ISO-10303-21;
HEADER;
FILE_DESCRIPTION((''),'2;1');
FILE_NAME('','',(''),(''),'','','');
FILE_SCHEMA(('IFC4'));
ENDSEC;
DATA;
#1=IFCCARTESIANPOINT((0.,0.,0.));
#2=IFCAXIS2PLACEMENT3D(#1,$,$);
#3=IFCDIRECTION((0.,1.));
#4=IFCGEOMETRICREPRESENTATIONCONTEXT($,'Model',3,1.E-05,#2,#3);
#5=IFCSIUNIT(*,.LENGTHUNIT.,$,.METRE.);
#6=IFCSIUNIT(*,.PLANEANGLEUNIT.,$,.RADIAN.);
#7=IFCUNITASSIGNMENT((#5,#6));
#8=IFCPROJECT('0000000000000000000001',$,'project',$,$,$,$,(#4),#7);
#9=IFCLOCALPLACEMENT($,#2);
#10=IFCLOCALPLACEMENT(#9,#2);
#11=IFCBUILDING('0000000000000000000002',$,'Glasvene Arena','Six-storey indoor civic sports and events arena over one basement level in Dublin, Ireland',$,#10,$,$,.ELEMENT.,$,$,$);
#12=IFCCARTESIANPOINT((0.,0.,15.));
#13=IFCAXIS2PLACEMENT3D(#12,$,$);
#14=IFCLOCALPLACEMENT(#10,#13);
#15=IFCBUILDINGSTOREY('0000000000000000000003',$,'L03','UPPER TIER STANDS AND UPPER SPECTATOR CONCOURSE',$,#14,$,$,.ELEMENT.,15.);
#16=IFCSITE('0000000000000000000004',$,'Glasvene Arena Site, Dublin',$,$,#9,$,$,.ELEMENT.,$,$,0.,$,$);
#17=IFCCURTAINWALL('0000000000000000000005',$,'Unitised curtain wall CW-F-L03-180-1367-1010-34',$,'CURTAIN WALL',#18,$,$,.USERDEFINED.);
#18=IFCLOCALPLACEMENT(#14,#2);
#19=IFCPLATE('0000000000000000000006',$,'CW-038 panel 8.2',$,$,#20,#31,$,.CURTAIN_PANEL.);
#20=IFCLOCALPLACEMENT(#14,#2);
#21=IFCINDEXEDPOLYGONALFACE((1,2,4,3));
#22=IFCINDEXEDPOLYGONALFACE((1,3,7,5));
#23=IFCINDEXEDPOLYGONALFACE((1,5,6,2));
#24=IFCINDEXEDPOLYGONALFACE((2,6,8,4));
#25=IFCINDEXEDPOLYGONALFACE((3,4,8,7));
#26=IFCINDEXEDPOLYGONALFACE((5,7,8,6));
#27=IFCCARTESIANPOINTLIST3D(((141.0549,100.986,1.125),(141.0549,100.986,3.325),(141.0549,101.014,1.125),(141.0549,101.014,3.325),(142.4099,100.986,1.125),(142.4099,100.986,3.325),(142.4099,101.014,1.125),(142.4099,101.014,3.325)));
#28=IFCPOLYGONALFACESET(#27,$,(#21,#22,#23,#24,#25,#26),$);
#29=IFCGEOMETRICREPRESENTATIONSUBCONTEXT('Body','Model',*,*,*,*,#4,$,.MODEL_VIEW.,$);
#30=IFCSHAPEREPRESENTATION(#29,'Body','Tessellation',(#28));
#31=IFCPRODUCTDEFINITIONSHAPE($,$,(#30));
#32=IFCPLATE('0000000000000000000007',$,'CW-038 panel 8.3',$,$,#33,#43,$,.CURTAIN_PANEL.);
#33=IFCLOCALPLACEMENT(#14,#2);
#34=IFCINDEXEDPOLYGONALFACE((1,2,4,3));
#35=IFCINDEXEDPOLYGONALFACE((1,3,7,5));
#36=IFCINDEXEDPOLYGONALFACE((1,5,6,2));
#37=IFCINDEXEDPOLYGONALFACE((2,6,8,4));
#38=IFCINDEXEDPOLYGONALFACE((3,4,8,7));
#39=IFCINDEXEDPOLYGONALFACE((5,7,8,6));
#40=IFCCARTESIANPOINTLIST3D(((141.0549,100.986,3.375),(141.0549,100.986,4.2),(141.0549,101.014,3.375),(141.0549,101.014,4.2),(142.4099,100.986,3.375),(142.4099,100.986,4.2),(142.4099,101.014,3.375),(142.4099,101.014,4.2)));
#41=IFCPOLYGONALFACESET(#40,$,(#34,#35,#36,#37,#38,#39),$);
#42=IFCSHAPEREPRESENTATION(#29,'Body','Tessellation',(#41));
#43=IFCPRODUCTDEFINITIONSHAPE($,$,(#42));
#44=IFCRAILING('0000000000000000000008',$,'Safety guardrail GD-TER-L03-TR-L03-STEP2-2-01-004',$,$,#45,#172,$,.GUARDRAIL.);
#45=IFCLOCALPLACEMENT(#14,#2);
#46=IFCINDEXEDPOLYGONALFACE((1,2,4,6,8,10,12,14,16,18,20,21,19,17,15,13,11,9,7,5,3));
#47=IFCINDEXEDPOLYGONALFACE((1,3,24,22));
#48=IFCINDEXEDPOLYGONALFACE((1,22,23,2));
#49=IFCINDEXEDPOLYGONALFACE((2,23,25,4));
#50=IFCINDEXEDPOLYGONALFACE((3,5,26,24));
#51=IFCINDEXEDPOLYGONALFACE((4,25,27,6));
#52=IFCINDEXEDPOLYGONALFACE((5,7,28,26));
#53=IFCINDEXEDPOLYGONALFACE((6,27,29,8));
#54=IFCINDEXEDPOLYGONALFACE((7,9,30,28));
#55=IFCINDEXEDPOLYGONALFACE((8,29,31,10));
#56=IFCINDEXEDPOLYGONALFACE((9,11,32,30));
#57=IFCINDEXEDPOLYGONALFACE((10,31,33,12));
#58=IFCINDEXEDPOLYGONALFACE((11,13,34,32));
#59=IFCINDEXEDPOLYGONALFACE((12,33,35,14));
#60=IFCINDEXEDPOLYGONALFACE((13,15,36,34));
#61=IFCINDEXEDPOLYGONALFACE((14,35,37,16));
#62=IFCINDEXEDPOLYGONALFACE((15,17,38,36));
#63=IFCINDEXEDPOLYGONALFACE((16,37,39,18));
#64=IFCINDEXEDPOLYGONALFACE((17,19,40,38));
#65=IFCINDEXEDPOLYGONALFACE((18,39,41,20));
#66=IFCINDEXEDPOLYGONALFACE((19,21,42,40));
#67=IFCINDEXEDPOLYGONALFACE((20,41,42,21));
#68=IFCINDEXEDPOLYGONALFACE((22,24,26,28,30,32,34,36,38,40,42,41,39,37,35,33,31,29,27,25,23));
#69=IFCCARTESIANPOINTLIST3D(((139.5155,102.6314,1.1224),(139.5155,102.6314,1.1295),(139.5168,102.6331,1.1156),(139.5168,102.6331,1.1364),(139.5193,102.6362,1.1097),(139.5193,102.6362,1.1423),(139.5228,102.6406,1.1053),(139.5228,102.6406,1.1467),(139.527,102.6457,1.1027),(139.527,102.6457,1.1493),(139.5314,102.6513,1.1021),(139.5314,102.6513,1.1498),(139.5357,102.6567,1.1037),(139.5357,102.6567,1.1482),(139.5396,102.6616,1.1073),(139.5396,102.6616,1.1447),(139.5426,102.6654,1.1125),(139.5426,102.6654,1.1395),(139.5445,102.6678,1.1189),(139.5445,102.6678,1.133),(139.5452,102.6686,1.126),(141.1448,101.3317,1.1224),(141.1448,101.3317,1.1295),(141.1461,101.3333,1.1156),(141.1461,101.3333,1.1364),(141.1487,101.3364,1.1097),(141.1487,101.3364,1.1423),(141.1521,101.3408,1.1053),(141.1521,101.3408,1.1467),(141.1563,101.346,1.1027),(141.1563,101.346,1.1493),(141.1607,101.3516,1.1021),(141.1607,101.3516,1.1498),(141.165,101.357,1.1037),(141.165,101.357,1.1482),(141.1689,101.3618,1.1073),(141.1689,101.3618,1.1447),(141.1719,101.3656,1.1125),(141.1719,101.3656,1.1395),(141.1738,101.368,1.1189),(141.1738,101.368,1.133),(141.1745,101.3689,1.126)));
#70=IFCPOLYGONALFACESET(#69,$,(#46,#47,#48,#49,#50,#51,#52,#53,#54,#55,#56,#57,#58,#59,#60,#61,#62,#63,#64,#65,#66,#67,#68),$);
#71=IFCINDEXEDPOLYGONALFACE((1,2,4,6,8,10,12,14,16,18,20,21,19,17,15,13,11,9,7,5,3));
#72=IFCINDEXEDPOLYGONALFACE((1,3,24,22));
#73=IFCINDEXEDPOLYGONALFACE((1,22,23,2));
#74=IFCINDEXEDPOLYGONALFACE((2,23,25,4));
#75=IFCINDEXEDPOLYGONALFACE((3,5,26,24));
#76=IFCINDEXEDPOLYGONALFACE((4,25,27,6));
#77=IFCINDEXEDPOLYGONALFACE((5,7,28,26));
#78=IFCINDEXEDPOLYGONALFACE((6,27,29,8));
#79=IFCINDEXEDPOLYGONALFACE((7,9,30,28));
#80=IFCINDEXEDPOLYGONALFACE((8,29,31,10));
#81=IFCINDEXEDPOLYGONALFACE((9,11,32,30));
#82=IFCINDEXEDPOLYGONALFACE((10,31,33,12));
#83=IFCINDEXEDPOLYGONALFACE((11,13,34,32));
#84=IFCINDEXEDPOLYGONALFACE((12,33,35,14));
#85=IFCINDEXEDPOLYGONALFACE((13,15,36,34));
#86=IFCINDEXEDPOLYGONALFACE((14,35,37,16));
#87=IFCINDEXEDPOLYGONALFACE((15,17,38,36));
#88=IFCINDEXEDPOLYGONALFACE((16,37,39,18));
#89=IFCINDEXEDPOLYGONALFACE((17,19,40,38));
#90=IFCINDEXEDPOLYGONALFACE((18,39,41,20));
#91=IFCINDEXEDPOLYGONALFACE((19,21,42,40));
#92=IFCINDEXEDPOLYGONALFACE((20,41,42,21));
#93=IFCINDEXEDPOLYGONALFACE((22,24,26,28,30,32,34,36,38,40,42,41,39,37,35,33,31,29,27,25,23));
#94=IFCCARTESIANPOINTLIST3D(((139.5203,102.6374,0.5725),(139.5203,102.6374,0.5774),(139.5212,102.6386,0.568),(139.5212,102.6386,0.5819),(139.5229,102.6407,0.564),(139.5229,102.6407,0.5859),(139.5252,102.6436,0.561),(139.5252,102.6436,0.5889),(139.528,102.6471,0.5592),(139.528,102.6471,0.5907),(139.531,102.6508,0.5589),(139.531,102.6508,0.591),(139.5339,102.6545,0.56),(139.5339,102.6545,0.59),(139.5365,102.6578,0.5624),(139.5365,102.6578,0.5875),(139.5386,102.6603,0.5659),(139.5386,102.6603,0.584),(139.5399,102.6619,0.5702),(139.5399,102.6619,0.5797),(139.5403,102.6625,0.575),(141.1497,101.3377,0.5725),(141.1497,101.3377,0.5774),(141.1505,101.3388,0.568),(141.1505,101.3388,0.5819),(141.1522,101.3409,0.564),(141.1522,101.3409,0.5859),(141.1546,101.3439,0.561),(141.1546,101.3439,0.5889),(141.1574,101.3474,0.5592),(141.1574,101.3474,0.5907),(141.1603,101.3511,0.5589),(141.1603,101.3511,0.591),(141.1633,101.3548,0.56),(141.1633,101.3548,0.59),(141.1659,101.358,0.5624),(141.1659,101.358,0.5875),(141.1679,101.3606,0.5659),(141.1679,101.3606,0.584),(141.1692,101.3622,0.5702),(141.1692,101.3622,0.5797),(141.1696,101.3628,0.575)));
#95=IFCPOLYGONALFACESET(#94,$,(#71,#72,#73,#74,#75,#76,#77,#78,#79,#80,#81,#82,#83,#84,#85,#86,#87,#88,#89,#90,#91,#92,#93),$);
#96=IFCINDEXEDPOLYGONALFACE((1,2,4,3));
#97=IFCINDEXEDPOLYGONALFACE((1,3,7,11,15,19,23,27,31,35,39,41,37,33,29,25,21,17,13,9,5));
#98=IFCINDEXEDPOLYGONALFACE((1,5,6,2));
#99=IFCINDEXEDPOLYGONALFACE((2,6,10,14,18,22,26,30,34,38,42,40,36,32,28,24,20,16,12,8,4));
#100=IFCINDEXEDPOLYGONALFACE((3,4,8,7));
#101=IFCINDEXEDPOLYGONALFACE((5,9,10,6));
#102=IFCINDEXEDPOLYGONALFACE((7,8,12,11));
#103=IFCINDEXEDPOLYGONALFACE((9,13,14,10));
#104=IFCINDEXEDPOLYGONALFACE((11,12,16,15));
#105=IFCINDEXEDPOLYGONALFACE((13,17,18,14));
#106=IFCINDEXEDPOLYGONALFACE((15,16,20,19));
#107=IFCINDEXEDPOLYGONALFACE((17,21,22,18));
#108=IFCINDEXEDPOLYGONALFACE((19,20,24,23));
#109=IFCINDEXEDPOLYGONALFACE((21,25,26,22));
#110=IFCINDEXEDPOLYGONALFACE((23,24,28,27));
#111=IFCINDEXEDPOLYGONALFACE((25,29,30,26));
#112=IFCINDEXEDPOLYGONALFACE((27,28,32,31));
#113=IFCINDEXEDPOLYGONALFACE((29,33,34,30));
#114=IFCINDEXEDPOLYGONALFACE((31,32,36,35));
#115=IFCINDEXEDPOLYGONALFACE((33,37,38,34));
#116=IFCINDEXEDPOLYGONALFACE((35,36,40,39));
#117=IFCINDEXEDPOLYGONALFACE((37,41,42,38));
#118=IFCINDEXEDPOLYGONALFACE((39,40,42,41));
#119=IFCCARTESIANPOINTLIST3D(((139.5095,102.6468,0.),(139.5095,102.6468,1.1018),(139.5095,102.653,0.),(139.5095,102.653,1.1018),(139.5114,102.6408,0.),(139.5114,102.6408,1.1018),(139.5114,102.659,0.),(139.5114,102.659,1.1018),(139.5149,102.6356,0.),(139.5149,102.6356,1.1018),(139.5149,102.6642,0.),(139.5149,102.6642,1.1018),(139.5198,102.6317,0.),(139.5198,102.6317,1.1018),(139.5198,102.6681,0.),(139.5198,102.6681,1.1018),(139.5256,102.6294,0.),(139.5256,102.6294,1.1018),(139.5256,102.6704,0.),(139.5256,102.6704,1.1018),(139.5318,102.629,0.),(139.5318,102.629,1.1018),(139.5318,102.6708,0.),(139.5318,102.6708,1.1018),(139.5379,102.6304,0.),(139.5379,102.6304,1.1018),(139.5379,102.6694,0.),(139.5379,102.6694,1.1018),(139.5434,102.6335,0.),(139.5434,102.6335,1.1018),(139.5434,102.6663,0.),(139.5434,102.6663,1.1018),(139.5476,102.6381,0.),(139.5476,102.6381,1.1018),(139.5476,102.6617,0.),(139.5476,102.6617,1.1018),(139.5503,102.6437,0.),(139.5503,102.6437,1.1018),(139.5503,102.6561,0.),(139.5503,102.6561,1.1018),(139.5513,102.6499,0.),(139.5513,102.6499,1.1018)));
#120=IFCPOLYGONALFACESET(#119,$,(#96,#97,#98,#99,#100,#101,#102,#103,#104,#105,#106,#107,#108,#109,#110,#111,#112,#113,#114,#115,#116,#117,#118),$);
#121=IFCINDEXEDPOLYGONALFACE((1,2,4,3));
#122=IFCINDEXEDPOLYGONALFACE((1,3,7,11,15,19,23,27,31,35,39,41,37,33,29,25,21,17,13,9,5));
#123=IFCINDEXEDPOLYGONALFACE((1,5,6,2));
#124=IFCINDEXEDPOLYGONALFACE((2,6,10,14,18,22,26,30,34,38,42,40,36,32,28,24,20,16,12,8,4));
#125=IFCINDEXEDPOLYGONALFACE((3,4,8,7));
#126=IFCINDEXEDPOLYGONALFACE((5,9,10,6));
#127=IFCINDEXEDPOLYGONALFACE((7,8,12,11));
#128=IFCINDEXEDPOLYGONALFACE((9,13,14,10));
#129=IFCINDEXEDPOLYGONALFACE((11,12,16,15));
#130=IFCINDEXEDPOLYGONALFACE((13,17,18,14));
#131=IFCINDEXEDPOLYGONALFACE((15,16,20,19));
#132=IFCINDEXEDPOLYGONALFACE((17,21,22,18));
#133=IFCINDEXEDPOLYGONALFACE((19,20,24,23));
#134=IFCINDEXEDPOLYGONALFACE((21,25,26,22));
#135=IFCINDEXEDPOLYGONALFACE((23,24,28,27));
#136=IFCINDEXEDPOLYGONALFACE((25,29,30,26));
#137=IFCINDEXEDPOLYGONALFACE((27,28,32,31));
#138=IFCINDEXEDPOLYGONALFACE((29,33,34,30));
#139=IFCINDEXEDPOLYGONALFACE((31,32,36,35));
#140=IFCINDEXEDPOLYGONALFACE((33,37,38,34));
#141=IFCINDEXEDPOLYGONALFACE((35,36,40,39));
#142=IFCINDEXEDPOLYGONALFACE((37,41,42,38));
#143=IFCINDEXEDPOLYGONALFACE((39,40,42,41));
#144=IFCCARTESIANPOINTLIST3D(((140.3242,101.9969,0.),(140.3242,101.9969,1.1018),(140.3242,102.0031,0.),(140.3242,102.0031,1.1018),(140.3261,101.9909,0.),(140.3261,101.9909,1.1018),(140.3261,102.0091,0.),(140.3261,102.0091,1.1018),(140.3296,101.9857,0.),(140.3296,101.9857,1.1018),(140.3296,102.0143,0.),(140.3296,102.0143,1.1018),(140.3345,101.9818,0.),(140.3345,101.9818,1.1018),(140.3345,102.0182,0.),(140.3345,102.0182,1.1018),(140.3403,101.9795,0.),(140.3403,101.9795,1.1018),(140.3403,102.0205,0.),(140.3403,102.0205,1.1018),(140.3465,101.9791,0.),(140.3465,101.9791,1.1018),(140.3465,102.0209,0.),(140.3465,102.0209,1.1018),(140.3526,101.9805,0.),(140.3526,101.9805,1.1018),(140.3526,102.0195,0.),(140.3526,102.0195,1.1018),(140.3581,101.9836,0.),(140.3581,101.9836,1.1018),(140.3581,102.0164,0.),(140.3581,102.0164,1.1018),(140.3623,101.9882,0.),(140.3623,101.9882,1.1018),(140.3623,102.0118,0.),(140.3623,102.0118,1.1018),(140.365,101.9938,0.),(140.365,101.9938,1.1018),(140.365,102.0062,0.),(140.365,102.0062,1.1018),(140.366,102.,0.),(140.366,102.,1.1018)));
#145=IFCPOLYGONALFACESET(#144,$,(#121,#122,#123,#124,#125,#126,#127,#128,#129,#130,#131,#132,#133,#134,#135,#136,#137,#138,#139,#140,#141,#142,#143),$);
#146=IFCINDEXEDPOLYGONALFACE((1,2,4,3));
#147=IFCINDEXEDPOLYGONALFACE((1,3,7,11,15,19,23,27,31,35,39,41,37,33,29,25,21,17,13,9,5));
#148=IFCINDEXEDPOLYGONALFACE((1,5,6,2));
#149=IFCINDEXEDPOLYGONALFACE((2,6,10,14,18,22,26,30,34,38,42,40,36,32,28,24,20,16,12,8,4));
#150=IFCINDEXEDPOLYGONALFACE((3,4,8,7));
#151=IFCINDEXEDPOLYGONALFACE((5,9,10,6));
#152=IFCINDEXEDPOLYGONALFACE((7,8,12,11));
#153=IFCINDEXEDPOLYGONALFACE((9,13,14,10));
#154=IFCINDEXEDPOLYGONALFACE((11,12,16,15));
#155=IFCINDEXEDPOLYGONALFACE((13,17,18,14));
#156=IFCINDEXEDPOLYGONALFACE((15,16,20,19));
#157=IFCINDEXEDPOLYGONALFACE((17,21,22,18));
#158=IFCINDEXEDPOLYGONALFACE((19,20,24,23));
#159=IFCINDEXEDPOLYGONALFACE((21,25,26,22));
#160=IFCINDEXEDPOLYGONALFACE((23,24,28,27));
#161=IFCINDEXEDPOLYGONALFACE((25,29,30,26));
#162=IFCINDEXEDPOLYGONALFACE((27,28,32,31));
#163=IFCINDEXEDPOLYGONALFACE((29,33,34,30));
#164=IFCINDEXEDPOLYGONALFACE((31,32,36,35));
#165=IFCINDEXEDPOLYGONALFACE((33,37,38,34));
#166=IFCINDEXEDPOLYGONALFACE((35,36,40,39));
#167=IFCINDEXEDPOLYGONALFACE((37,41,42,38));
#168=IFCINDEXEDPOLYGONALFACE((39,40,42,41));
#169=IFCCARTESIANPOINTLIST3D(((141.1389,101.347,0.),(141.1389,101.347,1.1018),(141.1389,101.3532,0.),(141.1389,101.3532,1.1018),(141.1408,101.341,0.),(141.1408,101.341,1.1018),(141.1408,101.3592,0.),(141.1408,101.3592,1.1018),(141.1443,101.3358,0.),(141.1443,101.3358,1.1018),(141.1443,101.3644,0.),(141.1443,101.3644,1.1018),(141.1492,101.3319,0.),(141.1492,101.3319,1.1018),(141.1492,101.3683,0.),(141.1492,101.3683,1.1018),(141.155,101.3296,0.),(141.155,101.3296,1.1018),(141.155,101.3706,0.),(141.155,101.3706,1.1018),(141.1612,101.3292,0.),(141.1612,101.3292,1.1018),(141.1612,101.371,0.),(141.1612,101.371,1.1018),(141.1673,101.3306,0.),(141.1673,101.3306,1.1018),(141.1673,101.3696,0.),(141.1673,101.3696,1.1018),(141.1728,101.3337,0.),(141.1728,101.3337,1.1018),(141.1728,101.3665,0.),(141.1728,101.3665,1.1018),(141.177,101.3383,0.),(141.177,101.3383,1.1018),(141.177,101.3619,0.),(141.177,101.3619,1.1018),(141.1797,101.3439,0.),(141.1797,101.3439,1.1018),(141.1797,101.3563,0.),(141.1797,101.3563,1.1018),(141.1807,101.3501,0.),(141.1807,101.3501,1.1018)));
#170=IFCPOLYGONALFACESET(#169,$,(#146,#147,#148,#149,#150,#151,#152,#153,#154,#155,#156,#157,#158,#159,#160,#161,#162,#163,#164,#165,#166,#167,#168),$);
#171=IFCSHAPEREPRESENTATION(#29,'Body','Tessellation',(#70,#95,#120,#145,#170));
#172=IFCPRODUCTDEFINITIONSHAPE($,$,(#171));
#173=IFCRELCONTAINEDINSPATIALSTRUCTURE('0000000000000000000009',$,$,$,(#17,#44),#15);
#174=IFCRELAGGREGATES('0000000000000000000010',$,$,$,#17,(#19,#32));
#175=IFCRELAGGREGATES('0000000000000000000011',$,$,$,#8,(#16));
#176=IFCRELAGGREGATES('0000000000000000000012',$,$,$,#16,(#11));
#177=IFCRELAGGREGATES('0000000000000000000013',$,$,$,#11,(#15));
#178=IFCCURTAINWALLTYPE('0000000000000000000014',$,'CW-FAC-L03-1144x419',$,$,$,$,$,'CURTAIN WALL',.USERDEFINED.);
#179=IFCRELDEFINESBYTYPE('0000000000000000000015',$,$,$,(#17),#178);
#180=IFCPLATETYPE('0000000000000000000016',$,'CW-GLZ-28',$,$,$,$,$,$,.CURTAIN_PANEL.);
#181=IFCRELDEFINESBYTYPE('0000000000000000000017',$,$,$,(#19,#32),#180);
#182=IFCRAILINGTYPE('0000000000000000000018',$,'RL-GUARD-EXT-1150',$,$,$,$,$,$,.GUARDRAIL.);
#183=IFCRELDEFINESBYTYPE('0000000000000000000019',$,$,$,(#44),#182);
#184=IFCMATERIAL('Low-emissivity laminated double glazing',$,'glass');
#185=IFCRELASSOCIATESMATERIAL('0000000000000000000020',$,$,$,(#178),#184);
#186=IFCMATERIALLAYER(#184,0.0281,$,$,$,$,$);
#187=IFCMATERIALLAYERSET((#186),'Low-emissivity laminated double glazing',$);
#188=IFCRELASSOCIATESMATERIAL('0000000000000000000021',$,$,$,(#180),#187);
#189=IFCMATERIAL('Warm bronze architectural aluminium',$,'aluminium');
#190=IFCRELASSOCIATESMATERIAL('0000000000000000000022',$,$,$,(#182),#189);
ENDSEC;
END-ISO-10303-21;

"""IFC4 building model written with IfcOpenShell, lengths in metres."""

from ifc_helpers import new_model, si_unit, direction, frame, origin, origin_2d, place, context, subcontext, project, spatial, rectangle, circle, extrude, material, layer, layer_set, type_object, element, aggregate, save


model = new_model("IFC4")

# Units and contexts
model_context = context("Model", 3, precision=1e-05, world=origin(), true_north=direction((0.0, 1.0)))
body_context = subcontext(model_context, "Body", "Model", "MODEL_VIEW")
ifc_project = project(units=[si_unit("LENGTHUNIT", "METRE"), si_unit("PLANEANGLEUNIT", "RADIAN")], contexts=[model_context])

# Site, building, storey
site_placement = place(None, origin())
site = spatial("IfcSite", under=ifc_project, at=site_placement, Name="Glasvene Arena Site, Dublin", CompositionType="ELEMENT", RefElevation=0.0)
building_placement = place(site_placement, origin())
building = spatial("IfcBuilding", under=site, at=building_placement, Name="Glasvene Arena", Description="Six-storey indoor civic sports and events arena over one basement level in Dublin, Ireland", CompositionType="ELEMENT")
storey_placement = place(building_placement, frame((0.0, 0.0, 15.0)))
storey = spatial("IfcBuildingStorey", under=building, at=storey_placement, Name="L03", Description="UPPER TIER STANDS AND UPPER SPECTATOR CONCOURSE", CompositionType="ELEMENT", Elevation=15.0)

# Curtain wall, plates
ifc_material_1 = material(Name="Low-emissivity laminated double glazing", Category="glass")
curtain_wall_type = type_object("IfcCurtainWallType", Name="CW-FAC-L03-1144x419", ElementType="CURTAIN WALL", PredefinedType="USERDEFINED", material=ifc_material_1)
curtain_wall_placement = place(storey_placement, frame((131.0203, 101.0, 0.0)))
curtain_wall = element("IfcCurtainWall", 1, at=curtain_wall_placement, inside=storey, type_object=curtain_wall_type, Name="Unitised curtain wall CW-F-L03-180-1367-1010-34", ObjectType="CURTAIN WALL", PredefinedType="USERDEFINED")
ifc_layer_1 = layer(ifc_material_1, 0.0281)
ifc_layer_set_1 = layer_set([ifc_layer_1], Name="Low-emissivity laminated double glazing")
plate_type = type_object("IfcPlateType", Name="CW-GLZ-28", PredefinedType="CURTAIN_PANEL", material=ifc_layer_set_1)
plate_1_placement = place(storey_placement, frame((141.7324, 101.0, 1.125), z_axis=(0.0, 0.0, 1.0), x_axis=(1.0, 0.0, 0.0)))
plate_1 = element("IfcPlate", 2, at=plate_1_placement, type_object=plate_type, Name="CW-038 panel 8.2", PredefinedType="CURTAIN_PANEL", context=body_context, shape_type="SweptSolid", body=[
    extrude(rectangle(XDim=1.355, YDim=0.0281, at=origin_2d()), origin(), (0.0, 0.0, 1.0), 2.2),
])
plate_2_placement = place(storey_placement, frame((141.7324, 101.0, 3.375), z_axis=(0.0, 0.0, 1.0), x_axis=(1.0, 0.0, 0.0)))
plate_2 = element("IfcPlate", 3, at=plate_2_placement, type_object=plate_type, Name="CW-038 panel 8.3", PredefinedType="CURTAIN_PANEL", context=body_context, shape_type="SweptSolid", body=[
    extrude(rectangle(XDim=1.355, YDim=0.0281, at=origin_2d()), origin(), (0.0, 0.0, 1.0), 0.825),
])
aggregate(curtain_wall, [plate_1, plate_2])

# Railing
ifc_material_2 = material(Name="Warm bronze architectural aluminium", Category="aluminium")
railing_type = type_object("IfcRailingType", Name="RL-GUARD-EXT-1150", PredefinedType="GUARDRAIL", material=ifc_material_2)
railing_placement = place(storey_placement, frame((139.5303, 102.6499, 0.0)))
element("IfcRailing", 4, at=railing_placement, inside=storey, type_object=railing_type, Name="Safety guardrail GD-TER-L03-TR-L03-STEP2-2-01-004", PredefinedType="GUARDRAIL", context=body_context, shape_type="SweptSolid", body=[
    extrude(circle(Radius=0.0239, at=origin_2d()), frame((0.0, 0.0, 1.126), z_axis=(0.781737, -0.623609, 0.0), x_axis=(0.623609, 0.781737, 0.0)), (0.0, 0.0, 1.0), 2.0842),
    extrude(circle(Radius=0.0161, at=origin_2d()), frame((0.0, 0.0, 0.575), z_axis=(0.781737, -0.623609, 0.0), x_axis=(0.623609, 0.781737, 0.0)), (0.0, 0.0, 1.0), 2.0842),
    extrude(circle(Radius=0.021, at=origin_2d()), origin(), (0.0, 0.0, 1.0), 1.1018),
    extrude(circle(Radius=0.021, at=origin_2d()), frame((0.8147, -0.6499, 0.0)), (0.0, 0.0, 1.0), 1.1018),
    extrude(circle(Radius=0.021, at=origin_2d()), frame((1.6294, -1.2998, 0.0)), (0.0, 0.0, 1.0), 1.1018),
])

save(model, "model.ifc")
